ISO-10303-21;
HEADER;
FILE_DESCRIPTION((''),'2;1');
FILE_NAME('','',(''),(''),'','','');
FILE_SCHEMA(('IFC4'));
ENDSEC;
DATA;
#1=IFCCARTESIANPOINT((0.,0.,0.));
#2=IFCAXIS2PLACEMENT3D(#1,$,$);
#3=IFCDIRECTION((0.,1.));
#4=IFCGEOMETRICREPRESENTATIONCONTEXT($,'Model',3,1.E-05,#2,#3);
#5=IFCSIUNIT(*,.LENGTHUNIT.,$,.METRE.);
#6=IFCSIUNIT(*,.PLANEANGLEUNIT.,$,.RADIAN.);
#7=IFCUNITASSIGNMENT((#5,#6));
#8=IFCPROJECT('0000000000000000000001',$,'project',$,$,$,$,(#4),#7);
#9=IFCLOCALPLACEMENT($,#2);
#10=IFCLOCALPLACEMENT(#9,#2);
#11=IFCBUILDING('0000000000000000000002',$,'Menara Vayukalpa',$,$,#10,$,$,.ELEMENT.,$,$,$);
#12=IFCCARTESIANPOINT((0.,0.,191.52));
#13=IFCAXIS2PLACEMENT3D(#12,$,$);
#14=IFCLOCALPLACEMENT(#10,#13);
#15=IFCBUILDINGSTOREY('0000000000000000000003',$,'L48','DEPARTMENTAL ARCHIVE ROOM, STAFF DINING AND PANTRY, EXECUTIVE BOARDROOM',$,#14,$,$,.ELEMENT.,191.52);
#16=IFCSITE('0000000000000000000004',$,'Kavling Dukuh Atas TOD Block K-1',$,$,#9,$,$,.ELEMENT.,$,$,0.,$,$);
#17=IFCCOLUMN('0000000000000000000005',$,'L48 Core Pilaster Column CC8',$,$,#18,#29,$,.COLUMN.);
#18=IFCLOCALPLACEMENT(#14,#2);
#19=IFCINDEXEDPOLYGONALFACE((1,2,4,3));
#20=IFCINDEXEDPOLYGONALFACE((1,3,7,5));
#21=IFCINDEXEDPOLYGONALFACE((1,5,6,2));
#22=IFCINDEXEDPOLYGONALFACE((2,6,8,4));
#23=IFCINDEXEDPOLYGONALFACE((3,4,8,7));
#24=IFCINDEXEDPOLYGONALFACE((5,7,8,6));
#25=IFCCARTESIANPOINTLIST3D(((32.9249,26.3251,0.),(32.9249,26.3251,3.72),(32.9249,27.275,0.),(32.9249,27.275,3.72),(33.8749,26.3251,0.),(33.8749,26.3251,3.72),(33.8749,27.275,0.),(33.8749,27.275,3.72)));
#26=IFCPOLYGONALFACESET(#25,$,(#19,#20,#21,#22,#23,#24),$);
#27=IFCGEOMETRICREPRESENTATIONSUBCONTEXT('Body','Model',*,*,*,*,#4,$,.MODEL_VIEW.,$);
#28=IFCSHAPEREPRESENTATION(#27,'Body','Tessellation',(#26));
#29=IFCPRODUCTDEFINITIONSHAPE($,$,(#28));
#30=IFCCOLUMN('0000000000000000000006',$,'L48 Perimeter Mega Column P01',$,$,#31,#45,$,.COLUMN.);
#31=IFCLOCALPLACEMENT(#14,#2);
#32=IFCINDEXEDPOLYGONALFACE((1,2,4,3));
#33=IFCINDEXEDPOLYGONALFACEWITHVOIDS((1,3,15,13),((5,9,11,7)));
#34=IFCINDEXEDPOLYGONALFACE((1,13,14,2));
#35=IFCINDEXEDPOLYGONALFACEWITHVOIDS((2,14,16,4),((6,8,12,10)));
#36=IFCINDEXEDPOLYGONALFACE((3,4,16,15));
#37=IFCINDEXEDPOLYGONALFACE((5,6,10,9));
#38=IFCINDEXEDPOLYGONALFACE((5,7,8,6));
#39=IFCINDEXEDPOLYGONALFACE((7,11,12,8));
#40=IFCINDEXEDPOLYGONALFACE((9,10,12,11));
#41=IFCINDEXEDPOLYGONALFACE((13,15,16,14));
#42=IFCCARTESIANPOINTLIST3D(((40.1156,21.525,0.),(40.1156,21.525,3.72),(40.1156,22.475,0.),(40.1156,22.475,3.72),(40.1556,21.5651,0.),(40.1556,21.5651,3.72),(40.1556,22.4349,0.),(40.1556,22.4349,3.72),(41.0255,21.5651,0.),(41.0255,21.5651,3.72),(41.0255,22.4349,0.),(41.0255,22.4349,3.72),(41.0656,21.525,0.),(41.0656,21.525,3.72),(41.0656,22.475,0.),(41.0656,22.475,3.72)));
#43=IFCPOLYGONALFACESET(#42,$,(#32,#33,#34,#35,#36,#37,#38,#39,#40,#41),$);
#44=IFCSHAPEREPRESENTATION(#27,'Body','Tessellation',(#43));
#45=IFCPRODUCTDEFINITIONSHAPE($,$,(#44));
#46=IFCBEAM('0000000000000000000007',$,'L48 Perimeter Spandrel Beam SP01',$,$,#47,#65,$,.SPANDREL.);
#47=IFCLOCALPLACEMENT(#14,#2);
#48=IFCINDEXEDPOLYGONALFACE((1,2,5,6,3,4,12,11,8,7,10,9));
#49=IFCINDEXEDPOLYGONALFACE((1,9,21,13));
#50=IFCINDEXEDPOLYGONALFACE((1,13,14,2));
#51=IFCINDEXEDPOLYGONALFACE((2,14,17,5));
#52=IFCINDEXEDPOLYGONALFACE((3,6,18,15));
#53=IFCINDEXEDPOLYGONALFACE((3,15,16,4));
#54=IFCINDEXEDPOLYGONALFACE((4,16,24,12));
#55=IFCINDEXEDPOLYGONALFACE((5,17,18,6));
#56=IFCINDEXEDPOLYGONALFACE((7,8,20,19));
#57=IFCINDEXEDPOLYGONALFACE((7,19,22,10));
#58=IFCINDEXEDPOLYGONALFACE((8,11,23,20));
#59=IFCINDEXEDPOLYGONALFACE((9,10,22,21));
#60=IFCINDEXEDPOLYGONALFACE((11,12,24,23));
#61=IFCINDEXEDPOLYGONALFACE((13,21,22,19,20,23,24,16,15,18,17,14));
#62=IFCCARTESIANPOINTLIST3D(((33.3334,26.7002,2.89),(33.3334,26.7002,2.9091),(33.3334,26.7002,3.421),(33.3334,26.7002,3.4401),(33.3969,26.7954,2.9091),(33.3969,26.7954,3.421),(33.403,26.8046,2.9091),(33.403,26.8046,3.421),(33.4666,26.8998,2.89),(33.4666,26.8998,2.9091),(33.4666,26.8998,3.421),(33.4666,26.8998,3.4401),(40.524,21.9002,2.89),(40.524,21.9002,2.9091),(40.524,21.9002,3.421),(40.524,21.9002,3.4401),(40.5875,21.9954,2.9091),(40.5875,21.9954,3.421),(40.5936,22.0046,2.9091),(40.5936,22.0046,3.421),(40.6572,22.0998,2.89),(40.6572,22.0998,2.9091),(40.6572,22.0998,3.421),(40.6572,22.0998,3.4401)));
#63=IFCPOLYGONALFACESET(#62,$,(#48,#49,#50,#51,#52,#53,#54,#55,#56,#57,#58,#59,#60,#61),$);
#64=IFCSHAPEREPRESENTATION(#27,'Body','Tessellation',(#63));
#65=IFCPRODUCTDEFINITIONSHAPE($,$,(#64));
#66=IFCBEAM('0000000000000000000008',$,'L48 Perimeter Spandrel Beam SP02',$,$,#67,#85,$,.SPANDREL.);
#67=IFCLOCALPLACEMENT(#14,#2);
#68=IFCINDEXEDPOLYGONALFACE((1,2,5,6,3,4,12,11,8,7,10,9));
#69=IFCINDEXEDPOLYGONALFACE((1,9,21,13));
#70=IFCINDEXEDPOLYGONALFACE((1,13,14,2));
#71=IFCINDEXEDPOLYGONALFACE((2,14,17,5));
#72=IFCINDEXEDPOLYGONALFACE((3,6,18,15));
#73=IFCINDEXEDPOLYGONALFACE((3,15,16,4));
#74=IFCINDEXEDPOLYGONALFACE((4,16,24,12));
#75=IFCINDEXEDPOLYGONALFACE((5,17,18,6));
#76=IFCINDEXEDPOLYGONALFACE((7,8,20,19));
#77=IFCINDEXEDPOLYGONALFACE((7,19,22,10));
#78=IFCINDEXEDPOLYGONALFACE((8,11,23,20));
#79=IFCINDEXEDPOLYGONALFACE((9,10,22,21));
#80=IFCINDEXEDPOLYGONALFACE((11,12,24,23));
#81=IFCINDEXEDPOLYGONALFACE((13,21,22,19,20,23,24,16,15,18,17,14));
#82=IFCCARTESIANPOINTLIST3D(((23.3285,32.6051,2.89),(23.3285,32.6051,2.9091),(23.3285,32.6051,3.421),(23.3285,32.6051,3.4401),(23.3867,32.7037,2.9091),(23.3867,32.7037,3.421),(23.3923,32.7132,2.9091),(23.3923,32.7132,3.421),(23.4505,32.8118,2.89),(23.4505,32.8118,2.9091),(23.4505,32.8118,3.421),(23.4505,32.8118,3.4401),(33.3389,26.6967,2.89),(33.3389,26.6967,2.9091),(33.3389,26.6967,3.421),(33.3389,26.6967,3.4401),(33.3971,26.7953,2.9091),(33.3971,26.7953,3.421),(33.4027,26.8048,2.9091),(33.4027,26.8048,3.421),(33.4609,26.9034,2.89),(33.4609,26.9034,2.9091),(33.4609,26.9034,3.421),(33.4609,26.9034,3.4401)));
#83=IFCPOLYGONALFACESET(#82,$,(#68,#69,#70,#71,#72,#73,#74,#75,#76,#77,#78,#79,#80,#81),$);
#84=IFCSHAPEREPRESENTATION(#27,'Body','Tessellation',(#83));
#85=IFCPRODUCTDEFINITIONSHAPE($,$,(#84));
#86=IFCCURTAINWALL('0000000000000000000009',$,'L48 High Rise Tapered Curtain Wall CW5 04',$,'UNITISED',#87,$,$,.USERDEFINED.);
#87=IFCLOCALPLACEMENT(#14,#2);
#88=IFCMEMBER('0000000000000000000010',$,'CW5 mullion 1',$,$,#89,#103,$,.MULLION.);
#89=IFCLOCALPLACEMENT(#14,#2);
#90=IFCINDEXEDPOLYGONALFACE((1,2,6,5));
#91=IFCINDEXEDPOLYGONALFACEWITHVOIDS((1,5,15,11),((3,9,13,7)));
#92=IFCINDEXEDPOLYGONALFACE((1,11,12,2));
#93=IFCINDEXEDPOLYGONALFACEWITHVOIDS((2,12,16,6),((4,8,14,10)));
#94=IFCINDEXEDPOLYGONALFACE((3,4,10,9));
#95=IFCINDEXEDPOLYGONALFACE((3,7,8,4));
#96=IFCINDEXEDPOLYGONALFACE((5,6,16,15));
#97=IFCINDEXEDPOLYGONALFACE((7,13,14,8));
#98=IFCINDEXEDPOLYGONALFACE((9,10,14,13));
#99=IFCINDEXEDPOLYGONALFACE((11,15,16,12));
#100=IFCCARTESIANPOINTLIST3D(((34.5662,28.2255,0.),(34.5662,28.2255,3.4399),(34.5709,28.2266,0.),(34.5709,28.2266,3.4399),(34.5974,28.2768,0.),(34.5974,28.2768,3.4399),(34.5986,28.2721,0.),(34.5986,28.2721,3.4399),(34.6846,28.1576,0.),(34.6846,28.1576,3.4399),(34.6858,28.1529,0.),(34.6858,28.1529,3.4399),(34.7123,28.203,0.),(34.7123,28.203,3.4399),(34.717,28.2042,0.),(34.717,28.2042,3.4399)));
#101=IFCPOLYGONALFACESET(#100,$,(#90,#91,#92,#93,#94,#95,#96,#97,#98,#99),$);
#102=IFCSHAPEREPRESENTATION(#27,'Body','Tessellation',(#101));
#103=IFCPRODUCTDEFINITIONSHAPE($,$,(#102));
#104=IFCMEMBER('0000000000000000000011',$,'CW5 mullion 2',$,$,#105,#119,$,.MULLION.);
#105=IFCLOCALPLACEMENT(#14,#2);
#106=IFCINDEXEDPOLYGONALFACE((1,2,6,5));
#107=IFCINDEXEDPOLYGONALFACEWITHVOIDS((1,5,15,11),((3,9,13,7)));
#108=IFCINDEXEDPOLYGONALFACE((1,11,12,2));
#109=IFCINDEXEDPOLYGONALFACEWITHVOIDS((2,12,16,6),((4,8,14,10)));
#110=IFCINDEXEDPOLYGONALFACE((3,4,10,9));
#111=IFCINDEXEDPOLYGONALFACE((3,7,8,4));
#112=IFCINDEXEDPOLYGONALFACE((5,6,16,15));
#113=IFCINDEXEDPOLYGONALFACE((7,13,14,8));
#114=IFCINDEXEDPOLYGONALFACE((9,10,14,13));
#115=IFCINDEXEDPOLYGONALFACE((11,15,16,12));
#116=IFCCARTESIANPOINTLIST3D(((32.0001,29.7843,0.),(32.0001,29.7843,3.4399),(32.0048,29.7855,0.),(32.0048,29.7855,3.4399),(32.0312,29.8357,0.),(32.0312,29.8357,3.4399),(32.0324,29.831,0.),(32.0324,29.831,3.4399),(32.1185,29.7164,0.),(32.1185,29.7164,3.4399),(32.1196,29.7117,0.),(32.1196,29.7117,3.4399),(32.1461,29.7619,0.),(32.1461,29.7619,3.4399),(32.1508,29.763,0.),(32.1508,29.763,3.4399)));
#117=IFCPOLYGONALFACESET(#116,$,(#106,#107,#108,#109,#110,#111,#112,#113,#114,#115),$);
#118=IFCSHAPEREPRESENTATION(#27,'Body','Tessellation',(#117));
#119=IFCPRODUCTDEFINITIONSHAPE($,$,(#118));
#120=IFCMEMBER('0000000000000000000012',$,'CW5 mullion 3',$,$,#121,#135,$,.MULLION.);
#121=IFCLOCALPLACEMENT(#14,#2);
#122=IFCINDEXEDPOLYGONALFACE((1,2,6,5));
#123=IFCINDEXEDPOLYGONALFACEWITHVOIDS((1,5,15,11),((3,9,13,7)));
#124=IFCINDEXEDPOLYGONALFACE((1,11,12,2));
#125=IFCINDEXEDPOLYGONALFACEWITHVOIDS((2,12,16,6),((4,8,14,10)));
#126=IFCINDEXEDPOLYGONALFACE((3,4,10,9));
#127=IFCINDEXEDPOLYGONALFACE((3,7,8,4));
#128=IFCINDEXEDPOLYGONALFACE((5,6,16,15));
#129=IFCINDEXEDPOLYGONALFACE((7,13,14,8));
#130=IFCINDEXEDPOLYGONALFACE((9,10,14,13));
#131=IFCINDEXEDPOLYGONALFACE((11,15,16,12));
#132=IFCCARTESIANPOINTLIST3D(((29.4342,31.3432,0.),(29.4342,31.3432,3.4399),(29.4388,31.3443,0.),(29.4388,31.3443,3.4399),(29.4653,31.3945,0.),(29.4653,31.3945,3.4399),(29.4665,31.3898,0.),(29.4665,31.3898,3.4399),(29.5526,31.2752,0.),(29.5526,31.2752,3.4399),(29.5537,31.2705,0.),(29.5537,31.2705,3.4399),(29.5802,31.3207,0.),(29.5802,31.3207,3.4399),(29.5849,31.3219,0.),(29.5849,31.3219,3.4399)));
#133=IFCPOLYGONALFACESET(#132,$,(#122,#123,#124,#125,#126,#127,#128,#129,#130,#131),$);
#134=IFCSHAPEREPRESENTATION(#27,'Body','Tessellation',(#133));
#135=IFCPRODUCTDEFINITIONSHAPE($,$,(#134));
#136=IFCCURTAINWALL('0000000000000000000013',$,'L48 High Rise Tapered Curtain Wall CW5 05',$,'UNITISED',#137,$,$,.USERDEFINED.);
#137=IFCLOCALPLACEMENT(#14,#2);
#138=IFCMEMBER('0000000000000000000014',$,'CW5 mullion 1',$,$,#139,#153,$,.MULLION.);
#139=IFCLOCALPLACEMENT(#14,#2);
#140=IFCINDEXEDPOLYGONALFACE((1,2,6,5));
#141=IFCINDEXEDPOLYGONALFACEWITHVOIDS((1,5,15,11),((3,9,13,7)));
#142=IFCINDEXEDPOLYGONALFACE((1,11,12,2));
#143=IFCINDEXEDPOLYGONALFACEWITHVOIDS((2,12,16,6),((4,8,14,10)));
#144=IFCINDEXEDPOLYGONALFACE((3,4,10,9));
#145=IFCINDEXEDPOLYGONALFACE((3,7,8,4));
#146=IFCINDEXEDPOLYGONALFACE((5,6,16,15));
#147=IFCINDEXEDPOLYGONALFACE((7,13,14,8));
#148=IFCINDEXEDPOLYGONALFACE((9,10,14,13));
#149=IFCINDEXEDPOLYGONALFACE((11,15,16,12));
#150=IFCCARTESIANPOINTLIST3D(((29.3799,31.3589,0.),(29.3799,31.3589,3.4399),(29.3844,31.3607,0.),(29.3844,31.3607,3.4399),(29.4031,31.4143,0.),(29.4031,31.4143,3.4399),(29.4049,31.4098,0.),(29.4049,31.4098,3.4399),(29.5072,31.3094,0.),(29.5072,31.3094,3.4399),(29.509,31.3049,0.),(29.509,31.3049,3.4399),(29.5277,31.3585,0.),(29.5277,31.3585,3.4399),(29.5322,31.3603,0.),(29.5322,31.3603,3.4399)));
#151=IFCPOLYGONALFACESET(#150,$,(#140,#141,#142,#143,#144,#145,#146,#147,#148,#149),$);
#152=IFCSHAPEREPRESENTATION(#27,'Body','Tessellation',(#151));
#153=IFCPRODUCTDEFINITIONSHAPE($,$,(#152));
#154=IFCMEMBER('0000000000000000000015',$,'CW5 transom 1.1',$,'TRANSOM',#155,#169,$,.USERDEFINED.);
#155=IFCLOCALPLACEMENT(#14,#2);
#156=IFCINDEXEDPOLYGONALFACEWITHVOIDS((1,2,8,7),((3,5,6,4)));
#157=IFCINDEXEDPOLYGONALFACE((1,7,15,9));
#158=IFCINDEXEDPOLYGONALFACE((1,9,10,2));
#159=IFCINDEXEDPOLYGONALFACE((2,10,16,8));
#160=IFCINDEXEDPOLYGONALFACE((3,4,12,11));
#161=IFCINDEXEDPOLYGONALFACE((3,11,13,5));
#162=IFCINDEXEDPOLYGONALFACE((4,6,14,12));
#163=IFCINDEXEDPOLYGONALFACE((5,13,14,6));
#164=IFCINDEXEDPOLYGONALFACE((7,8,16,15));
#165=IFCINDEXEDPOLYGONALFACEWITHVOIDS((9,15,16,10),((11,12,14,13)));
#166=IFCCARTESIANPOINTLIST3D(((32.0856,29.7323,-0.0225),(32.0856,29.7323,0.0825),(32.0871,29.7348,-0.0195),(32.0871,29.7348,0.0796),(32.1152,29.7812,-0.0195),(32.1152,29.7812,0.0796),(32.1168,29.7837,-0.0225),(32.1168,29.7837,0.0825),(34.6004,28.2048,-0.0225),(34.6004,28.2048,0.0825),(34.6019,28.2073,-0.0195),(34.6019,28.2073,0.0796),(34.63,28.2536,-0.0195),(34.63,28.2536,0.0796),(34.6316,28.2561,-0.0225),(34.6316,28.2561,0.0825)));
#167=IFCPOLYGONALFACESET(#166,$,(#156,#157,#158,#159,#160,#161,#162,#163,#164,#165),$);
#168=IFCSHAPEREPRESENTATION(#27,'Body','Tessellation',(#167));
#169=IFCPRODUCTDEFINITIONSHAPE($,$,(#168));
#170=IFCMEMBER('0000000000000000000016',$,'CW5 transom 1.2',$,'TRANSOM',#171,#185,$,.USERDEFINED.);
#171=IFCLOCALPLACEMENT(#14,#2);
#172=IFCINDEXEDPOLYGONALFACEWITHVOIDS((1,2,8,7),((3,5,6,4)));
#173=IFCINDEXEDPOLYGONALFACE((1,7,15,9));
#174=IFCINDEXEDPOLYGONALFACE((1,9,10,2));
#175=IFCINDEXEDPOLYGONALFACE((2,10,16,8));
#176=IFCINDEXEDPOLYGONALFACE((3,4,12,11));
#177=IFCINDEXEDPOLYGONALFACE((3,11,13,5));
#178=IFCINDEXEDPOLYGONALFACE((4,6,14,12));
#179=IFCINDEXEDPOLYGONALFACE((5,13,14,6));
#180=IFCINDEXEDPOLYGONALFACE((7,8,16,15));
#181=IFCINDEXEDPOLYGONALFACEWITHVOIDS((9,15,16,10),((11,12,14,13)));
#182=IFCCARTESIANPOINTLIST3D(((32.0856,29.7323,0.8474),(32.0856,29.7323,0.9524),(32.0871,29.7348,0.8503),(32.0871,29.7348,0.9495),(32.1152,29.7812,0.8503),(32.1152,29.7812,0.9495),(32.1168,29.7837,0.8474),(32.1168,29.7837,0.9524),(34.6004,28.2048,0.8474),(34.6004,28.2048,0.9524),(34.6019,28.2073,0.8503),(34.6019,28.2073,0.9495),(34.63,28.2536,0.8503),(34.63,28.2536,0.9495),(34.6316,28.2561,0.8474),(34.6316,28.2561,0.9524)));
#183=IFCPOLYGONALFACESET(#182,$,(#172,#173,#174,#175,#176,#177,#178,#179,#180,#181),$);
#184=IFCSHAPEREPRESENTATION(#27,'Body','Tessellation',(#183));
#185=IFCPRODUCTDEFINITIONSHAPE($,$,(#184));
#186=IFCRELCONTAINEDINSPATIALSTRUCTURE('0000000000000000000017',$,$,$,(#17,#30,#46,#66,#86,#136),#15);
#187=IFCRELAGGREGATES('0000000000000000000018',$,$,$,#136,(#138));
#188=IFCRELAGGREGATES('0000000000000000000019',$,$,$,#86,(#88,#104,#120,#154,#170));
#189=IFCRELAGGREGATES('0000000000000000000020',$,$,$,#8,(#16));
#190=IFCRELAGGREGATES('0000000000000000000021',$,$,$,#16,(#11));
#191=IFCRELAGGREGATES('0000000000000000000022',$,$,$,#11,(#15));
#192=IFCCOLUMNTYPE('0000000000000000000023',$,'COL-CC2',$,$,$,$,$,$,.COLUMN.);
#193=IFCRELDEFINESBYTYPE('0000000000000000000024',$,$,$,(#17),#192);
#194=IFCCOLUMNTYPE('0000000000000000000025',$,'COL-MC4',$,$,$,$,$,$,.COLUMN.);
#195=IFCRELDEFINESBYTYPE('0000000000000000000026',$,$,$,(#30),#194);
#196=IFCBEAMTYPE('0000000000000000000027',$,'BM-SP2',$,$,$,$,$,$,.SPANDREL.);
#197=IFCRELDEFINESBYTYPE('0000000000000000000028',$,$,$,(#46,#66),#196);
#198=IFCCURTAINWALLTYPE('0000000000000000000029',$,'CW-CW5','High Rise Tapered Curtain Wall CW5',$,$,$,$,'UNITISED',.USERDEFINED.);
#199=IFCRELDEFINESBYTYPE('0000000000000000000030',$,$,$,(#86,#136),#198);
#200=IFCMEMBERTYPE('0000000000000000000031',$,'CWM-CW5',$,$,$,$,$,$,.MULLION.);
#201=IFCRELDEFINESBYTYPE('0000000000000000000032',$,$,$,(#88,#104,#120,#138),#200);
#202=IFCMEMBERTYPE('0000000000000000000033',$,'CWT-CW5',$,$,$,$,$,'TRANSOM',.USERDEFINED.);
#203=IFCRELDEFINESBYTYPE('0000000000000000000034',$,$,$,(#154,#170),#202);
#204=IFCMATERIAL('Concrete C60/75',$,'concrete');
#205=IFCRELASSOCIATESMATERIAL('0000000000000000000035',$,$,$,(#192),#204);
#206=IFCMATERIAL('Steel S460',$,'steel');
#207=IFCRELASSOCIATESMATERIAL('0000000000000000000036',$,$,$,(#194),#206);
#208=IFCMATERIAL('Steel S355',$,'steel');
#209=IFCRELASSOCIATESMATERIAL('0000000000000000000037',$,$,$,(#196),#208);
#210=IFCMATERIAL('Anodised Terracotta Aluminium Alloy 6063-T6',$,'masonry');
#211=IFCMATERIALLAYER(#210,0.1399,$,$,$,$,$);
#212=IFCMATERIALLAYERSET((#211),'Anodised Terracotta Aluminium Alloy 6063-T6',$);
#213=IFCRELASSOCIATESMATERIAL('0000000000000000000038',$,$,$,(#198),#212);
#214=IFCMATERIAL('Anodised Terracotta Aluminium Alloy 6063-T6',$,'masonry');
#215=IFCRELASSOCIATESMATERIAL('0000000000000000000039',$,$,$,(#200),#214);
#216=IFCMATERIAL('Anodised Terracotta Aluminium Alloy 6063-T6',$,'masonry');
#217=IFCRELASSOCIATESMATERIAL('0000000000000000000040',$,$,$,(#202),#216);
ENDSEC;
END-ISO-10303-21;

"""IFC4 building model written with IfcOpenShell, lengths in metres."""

from ifc_helpers import new_model, si_unit, direction, frame, origin, origin_2d, place, context, subcontext, project, spatial, rectangle, hollow_rectangle, i_section, extrude, material, layer, layer_set, material_profile, profile_set, type_object, element, aggregate, save


model = new_model("IFC4")

# Units and contexts
model_context = context("Model", 3, precision=1e-05, world=origin(), true_north=direction((0.0, 1.0)))
body_context = subcontext(model_context, "Body", "Model", "MODEL_VIEW")
ifc_project = project(units=[si_unit("LENGTHUNIT", "METRE"), si_unit("PLANEANGLEUNIT", "RADIAN")], contexts=[model_context])

# Site, building, storey
site_placement = place(None, origin())
site = spatial("IfcSite", under=ifc_project, at=site_placement, Name="Kavling Dukuh Atas TOD Block K-1", CompositionType="ELEMENT", RefElevation=0.0)
building_placement = place(site_placement, origin())
building = spatial("IfcBuilding", under=site, at=building_placement, Name="Menara Vayukalpa", CompositionType="ELEMENT")
storey_placement = place(building_placement, frame((0.0, 0.0, 191.52)))
storey = spatial("IfcBuildingStorey", under=building, at=storey_placement, Name="L48", Description="DEPARTMENTAL ARCHIVE ROOM, STAFF DINING AND PANTRY, EXECUTIVE BOARDROOM", CompositionType="ELEMENT", Elevation=191.52)

# Columns
ifc_material_1 = material(Name="Concrete C60/75", Category="concrete")
ifc_material_profile_1 = material_profile(ifc_material_1, rectangle(XDim=0.95, YDim=0.95, at=origin_2d()), Name="RC 950x950")
ifc_profile_set_1 = profile_set([ifc_material_profile_1], Name="Concrete C60/75")
column_type_1 = type_object("IfcColumnType", Name="COL-CC2", PredefinedType="COLUMN", material=ifc_profile_set_1)
column_1_placement = place(storey_placement, frame((33.3999, 26.8, 0.0), z_axis=(0.0, 0.0, 1.0), x_axis=(1.0, 0.0, 0.0)))
element("IfcColumn", 1, at=column_1_placement, inside=storey, type_object=column_type_1, Name="L48 Core Pilaster Column CC8", PredefinedType="COLUMN", context=body_context, shape_type="SweptSolid", body=[
    extrude(rectangle(XDim=0.95, YDim=0.95, at=origin_2d()), origin(), (0.0, 0.0, 1.0), 3.72),
])
ifc_material_2 = material(Name="Steel S460", Category="steel")
ifc_material_profile_2 = material_profile(ifc_material_2, hollow_rectangle(XDim=0.95, YDim=0.95, WallThickness=0.04, at=origin_2d()), Name="BOX 950x950x40")
ifc_profile_set_2 = profile_set([ifc_material_profile_2], Name="Steel S460")
column_type_2 = type_object("IfcColumnType", Name="COL-MC4", PredefinedType="COLUMN", material=ifc_profile_set_2)
column_2_placement = place(storey_placement, frame((40.5906, 22.0, 0.0), z_axis=(0.0, 0.0, 1.0), x_axis=(1.0, 0.0, 0.0)))
element("IfcColumn", 2, at=column_2_placement, inside=storey, type_object=column_type_2, Name="L48 Perimeter Mega Column P01", PredefinedType="COLUMN", context=body_context, shape_type="SweptSolid", body=[
    extrude(hollow_rectangle(XDim=0.95, YDim=0.95, WallThickness=0.04, at=origin_2d()), origin(), (0.0, 0.0, 1.0), 3.72),
])

# Beams
ifc_material_3 = material(Name="Steel S355", Category="steel")
ifc_material_profile_3 = material_profile(ifc_material_3, i_section(OverallWidth=0.24, OverallDepth=0.55, WebThickness=0.011, FlangeThickness=0.019, at=origin_2d()), Name="WF 550x240x11x19")
ifc_profile_set_3 = profile_set([ifc_material_profile_3], Name="Steel S355")
beam_type = type_object("IfcBeamType", Name="BM-SP2", PredefinedType="SPANDREL", material=ifc_profile_set_3)
beam_1_placement = place(storey_placement, frame((40.5906, 22.0, 3.165), z_axis=(-0.831716, 0.555202, 0.0), x_axis=(-0.555202, -0.831716, 0.0)))
element("IfcBeam", 3, at=beam_1_placement, inside=storey, type_object=beam_type, Name="L48 Perimeter Spandrel Beam SP01", PredefinedType="SPANDREL", context=body_context, shape_type="SweptSolid", body=[
    extrude(i_section(OverallWidth=0.24, OverallDepth=0.55, WebThickness=0.011, FlangeThickness=0.019, at=origin_2d()), origin(), (0.0, 0.0, 1.0), 8.6455),
])
beam_2_placement = place(storey_placement, frame((33.3999, 26.8, 3.165), z_axis=(-0.861184, 0.508293, 0.0), x_axis=(-0.508293, -0.861184, 0.0)))
element("IfcBeam", 4, at=beam_2_placement, inside=storey, type_object=beam_type, Name="L48 Perimeter Spandrel Beam SP02", PredefinedType="SPANDREL", context=body_context, shape_type="SweptSolid", body=[
    extrude(i_section(OverallWidth=0.24, OverallDepth=0.55, WebThickness=0.011, FlangeThickness=0.019, at=origin_2d()), origin(), (0.0, 0.0, 1.0), 11.624),
])

# Curtain wall, members
ifc_material_4 = material(Name="Anodised Terracotta Aluminium Alloy 6063-T6", Category="masonry")
ifc_layer_1 = layer(ifc_material_4, 0.1399)
ifc_layer_set_1 = layer_set([ifc_layer_1], Name="Anodised Terracotta Aluminium Alloy 6063-T6")
curtain_wall_type = type_object("IfcCurtainWallType", Name="CW-CW5", Description="High Rise Tapered Curtain Wall CW5", ElementType="UNITISED", PredefinedType="USERDEFINED", material=ifc_layer_set_1)
curtain_wall_1_placement = place(storey_placement, origin())
curtain_wall_1 = element("IfcCurtainWall", 5, at=curtain_wall_1_placement, inside=storey, type_object=curtain_wall_type, Name="L48 High Rise Tapered Curtain Wall CW5 04", ObjectType="UNITISED", PredefinedType="USERDEFINED")
ifc_material_5 = material(Name="Anodised Terracotta Aluminium Alloy 6063-T6", Category="masonry")
ifc_material_profile_4 = material_profile(ifc_material_5, hollow_rectangle(XDim=0.0601, YDim=0.1399, WallThickness=0.0034, at=origin_2d()), Name="ALU 60x140x3.5")
ifc_profile_set_4 = profile_set([ifc_material_profile_4], Name="Anodised Terracotta Aluminium Alloy 6063-T6")
member_type_1 = type_object("IfcMemberType", Name="CWM-CW5", PredefinedType="MULLION", material=ifc_profile_set_4)
member_1_placement = place(storey_placement, frame((34.6416, 28.2148, 0.0), z_axis=(0.0, 0.0, 1.0), x_axis=(-0.51918, -0.854665, 0.0)))
member_1 = element("IfcMember", 6, at=member_1_placement, type_object=member_type_1, Name="CW5 mullion 1", PredefinedType="MULLION", context=body_context, shape_type="SweptSolid", body=[
    extrude(hollow_rectangle(XDim=0.0601, YDim=0.1399, WallThickness=0.0034, at=origin_2d()), origin(), (0.0, 0.0, 1.0), 3.4399),
])
member_2_placement = place(storey_placement, frame((32.0754, 29.7737, 0.0), z_axis=(0.0, 0.0, 1.0), x_axis=(-0.51918, -0.854665, 0.0)))
member_2 = element("IfcMember", 7, at=member_2_placement, type_object=member_type_1, Name="CW5 mullion 2", PredefinedType="MULLION", context=body_context, shape_type="SweptSolid", body=[
    extrude(hollow_rectangle(XDim=0.0601, YDim=0.1399, WallThickness=0.0034, at=origin_2d()), origin(), (0.0, 0.0, 1.0), 3.4399),
])
member_3_placement = place(storey_placement, frame((29.5095, 31.3325, 0.0), z_axis=(0.0, 0.0, 1.0), x_axis=(-0.51918, -0.854665, 0.0)))
member_3 = element("IfcMember", 8, at=member_3_placement, type_object=member_type_1, Name="CW5 mullion 3", PredefinedType="MULLION", context=body_context, shape_type="SweptSolid", body=[
    extrude(hollow_rectangle(XDim=0.0601, YDim=0.1399, WallThickness=0.0034, at=origin_2d()), origin(), (0.0, 0.0, 1.0), 3.4399),
])

# Curtain wall, member
curtain_wall_2_placement = place(storey_placement, origin())
curtain_wall_2 = element("IfcCurtainWall", 9, at=curtain_wall_2_placement, inside=storey, type_object=curtain_wall_type, Name="L48 High Rise Tapered Curtain Wall CW5 05", ObjectType="UNITISED", PredefinedType="USERDEFINED")
member_4_placement = place(storey_placement, frame((29.4561, 31.3596, 0.0), z_axis=(0.0, 0.0, 1.0), x_axis=(-0.385903, -0.922539, 0.0)))
member_4 = element("IfcMember", 10, at=member_4_placement, type_object=member_type_1, Name="CW5 mullion 1", PredefinedType="MULLION", context=body_context, shape_type="SweptSolid", body=[
    extrude(hollow_rectangle(XDim=0.0601, YDim=0.1399, WallThickness=0.0034, at=origin_2d()), origin(), (0.0, 0.0, 1.0), 3.4399),
])

# Members
ifc_material_6 = material(Name="Anodised Terracotta Aluminium Alloy 6063-T6", Category="masonry")
ifc_material_profile_5 = material_profile(ifc_material_6, hollow_rectangle(XDim=0.0601, YDim=0.105, WallThickness=0.0029, at=origin_2d()), Name="ALU 60x105x3")
ifc_profile_set_5 = profile_set([ifc_material_profile_5], Name="Anodised Terracotta Aluminium Alloy 6063-T6")
member_type_2 = type_object("IfcMemberType", Name="CWT-CW5", ElementType="TRANSOM", PredefinedType="USERDEFINED", material=ifc_profile_set_5)
member_5_placement = place(storey_placement, frame((34.616, 28.2305, 0.03), z_axis=(-0.854684, 0.519149, 0.0), x_axis=(-0.519149, -0.854684, 0.0)))
member_5 = element("IfcMember", 11, at=member_5_placement, type_object=member_type_2, Name="CW5 transom 1.1", ObjectType="TRANSOM", PredefinedType="USERDEFINED", context=body_context, shape_type="SweptSolid", body=[
    extrude(hollow_rectangle(XDim=0.0601, YDim=0.105, WallThickness=0.0029, at=origin_2d()), origin(), (0.0, 0.0, 1.0), 2.9424),
])
member_6_placement = place(storey_placement, frame((34.616, 28.2305, 0.8999), z_axis=(-0.854684, 0.519149, 0.0), x_axis=(-0.519149, -0.854684, 0.0)))
member_6 = element("IfcMember", 12, at=member_6_placement, type_object=member_type_2, Name="CW5 transom 1.2", ObjectType="TRANSOM", PredefinedType="USERDEFINED", context=body_context, shape_type="SweptSolid", body=[
    extrude(hollow_rectangle(XDim=0.0601, YDim=0.105, WallThickness=0.0029, at=origin_2d()), origin(), (0.0, 0.0, 1.0), 2.9424),
])
aggregate(curtain_wall_2, [member_4])

aggregate(curtain_wall_1, [member_1, member_2, member_3, member_5, member_6])

save(model, "model.ifc")
